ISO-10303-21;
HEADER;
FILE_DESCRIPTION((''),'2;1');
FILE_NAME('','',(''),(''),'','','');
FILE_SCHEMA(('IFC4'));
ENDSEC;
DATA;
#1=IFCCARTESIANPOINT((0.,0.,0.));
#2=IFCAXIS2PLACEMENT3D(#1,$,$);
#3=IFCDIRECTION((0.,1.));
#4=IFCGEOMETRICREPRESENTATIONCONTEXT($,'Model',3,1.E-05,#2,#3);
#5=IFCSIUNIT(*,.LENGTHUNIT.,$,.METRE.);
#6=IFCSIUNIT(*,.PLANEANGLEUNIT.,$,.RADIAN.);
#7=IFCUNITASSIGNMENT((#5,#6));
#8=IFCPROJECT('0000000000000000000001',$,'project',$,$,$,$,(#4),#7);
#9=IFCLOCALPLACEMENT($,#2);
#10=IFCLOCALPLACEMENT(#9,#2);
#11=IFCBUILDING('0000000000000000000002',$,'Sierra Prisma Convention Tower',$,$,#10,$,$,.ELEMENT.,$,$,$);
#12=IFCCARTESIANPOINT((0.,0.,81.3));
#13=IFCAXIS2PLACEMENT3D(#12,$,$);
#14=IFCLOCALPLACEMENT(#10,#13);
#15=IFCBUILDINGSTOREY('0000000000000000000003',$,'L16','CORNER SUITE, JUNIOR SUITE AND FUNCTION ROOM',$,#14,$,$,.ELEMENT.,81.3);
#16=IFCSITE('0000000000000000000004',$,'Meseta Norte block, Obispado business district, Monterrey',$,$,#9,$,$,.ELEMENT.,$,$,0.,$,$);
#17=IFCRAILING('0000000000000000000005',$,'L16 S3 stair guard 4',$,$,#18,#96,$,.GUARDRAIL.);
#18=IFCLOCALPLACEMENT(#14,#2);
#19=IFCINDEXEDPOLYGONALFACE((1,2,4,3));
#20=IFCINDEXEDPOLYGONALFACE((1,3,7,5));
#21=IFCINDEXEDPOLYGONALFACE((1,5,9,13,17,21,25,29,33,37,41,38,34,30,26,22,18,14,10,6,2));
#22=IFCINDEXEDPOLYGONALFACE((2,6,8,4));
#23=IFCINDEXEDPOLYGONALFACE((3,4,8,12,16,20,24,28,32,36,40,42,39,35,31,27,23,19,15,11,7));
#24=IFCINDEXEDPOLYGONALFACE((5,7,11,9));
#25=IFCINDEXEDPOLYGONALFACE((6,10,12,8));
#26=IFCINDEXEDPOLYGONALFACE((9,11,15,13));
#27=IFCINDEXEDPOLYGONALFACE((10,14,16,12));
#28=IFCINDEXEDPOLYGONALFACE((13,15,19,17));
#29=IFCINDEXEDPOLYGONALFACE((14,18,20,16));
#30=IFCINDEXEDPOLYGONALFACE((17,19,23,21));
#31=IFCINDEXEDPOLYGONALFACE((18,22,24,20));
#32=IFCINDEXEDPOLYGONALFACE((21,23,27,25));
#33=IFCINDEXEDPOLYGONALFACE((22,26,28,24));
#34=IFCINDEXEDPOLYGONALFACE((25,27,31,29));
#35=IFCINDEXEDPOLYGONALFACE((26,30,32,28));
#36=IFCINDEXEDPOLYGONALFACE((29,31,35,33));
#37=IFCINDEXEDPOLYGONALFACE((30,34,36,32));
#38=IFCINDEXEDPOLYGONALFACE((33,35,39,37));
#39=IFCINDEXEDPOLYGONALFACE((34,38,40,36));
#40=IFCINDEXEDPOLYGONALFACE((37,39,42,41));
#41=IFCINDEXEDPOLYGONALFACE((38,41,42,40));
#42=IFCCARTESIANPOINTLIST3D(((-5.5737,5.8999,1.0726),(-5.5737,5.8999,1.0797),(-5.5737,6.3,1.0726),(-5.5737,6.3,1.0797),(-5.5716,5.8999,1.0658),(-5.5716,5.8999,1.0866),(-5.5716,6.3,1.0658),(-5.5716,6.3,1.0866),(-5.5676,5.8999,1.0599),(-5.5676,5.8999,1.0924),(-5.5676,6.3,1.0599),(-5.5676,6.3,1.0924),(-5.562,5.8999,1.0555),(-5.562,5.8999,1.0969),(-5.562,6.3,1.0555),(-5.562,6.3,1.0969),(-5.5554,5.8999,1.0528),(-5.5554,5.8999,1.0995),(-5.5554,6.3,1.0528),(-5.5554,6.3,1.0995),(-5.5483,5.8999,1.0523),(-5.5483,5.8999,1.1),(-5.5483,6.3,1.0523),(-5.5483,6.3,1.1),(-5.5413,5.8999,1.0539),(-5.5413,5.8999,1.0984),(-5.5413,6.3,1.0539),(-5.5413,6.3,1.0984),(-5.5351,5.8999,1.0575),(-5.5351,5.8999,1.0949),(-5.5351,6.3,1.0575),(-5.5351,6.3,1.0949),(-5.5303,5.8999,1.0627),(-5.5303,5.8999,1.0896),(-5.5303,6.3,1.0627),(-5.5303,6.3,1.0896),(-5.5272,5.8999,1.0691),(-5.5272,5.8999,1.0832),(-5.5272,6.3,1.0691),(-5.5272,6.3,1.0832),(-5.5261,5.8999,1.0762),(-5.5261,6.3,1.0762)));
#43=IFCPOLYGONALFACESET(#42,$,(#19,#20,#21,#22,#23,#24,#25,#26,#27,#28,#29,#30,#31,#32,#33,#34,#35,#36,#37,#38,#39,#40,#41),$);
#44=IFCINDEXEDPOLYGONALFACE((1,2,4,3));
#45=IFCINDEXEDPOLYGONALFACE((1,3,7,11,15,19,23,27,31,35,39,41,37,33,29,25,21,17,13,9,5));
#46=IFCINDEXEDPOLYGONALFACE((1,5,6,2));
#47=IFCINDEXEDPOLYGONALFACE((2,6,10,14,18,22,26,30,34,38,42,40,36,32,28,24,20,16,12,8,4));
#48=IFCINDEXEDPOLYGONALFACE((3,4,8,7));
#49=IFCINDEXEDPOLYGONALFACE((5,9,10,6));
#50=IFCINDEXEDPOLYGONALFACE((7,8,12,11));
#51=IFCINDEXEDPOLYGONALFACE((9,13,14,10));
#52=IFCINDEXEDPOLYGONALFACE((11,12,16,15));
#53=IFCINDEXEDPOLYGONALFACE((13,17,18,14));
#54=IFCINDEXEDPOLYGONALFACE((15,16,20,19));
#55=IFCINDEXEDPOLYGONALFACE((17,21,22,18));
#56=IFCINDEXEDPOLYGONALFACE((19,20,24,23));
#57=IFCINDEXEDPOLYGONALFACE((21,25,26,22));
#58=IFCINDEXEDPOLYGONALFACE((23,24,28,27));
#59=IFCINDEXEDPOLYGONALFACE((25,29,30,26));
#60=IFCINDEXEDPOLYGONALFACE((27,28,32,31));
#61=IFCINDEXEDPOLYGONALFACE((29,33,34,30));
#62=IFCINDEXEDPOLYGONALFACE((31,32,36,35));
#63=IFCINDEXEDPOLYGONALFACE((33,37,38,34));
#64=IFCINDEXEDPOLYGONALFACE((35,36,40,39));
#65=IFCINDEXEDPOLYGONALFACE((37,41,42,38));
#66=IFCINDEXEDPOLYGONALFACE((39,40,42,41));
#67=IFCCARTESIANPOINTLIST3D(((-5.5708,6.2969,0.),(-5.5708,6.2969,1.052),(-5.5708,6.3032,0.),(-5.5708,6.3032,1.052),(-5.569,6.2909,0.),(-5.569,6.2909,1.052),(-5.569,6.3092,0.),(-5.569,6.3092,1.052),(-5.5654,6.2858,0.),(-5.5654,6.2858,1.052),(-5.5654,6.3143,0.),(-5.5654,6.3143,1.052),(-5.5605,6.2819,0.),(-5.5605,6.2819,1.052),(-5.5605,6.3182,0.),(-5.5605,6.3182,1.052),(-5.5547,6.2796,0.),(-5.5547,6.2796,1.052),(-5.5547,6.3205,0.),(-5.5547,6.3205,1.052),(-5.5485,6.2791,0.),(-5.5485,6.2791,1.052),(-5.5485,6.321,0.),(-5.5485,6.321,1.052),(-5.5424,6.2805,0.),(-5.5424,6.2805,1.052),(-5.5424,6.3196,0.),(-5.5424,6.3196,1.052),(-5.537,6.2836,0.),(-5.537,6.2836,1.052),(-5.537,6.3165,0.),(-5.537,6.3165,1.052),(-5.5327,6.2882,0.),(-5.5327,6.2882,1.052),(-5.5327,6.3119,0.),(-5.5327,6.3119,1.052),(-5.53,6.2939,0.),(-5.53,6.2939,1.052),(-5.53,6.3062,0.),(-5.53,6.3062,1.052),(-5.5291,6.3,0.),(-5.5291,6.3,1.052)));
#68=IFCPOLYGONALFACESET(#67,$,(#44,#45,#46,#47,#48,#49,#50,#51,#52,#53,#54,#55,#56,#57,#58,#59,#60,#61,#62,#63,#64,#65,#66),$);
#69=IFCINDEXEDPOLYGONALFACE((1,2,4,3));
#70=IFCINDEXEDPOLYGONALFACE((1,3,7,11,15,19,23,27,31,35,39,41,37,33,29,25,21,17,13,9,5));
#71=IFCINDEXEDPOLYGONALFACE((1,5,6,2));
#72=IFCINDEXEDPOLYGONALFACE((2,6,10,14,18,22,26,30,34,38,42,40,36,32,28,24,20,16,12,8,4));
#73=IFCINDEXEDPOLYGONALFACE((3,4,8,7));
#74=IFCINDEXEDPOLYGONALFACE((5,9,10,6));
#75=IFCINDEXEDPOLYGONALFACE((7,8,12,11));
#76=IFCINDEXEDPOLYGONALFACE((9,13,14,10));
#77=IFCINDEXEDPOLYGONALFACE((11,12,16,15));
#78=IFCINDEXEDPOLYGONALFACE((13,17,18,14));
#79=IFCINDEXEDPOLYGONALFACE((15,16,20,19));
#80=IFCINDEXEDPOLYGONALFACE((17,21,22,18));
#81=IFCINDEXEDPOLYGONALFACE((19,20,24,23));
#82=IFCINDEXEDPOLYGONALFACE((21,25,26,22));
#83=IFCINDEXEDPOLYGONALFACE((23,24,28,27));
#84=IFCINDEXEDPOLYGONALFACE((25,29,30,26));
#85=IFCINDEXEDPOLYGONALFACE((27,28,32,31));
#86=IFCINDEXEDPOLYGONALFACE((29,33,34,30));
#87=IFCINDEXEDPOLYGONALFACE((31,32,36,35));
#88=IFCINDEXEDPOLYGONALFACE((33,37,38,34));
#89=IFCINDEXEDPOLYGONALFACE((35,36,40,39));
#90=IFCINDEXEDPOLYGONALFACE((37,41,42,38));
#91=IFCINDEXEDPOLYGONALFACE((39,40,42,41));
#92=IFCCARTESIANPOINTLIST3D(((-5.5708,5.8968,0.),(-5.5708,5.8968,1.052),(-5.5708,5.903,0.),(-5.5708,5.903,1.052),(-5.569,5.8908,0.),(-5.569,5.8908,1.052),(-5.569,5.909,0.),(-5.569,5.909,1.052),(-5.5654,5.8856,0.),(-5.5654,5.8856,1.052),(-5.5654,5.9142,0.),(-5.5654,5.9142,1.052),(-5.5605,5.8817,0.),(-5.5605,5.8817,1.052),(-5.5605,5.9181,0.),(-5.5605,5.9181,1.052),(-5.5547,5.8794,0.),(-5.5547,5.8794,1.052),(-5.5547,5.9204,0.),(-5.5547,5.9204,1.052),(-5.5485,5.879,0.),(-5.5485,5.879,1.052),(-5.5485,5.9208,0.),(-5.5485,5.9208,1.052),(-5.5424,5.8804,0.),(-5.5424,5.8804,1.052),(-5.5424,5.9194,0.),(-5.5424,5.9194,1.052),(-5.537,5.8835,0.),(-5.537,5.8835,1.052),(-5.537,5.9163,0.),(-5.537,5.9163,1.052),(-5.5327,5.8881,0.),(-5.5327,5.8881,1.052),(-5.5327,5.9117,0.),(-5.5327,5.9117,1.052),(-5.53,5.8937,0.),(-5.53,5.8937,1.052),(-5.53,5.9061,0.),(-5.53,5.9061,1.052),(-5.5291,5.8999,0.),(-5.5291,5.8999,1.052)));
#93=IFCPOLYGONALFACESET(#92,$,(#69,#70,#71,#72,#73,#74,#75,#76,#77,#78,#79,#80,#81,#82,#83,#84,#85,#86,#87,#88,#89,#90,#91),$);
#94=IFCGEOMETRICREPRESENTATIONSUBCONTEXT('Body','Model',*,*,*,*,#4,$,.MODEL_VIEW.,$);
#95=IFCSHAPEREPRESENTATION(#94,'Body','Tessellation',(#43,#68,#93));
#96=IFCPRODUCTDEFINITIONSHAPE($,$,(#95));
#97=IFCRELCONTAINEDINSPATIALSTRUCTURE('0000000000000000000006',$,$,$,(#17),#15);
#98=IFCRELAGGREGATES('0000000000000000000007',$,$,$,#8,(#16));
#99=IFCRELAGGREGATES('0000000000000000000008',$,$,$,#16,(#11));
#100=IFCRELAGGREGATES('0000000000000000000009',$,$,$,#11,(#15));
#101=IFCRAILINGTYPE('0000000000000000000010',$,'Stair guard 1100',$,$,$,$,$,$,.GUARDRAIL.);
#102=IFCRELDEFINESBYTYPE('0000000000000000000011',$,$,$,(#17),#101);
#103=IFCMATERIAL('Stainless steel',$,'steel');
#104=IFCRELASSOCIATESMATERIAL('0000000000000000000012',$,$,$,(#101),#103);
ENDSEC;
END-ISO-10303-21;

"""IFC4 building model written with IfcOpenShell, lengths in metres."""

from ifc_helpers import new_model, si_unit, direction, frame, origin, origin_2d, place, context, subcontext, project, spatial, circle, extrude, material, type_object, element, save


model = new_model("IFC4")

# Units and contexts
model_context = context("Model", 3, precision=1e-05, world=origin(), true_north=direction((0.0, 1.0)))
body_context = subcontext(model_context, "Body", "Model", "MODEL_VIEW")
ifc_project = project(units=[si_unit("LENGTHUNIT", "METRE"), si_unit("PLANEANGLEUNIT", "RADIAN")], contexts=[model_context])

# Site, building, storey
site_placement = place(None, origin())
site = spatial("IfcSite", under=ifc_project, at=site_placement, Name="Meseta Norte block, Obispado business district, Monterrey", CompositionType="ELEMENT", RefElevation=0.0)
building_placement = place(site_placement, origin())
building = spatial("IfcBuilding", under=site, at=building_placement, Name="Sierra Prisma Convention Tower", CompositionType="ELEMENT")
storey_placement = place(building_placement, frame((0.0, 0.0, 81.3)))
storey = spatial("IfcBuildingStorey", under=building, at=storey_placement, Name="L16", Description="CORNER SUITE, JUNIOR SUITE AND FUNCTION ROOM", CompositionType="ELEMENT", Elevation=81.3)

# Railing
ifc_material_1 = material(Name="Stainless steel", Category="steel")
railing_type_1 = type_object("IfcRailingType", Name="Stair guard 1100", PredefinedType="GUARDRAIL", material=ifc_material_1)
railing_1_placement = place(storey_placement, frame((-5.55, 6.3, 0.0)))
element("IfcRailing", 1, at=railing_1_placement, inside=storey, type_object=railing_type_1, Name="L16 S3 stair guard 4", PredefinedType="GUARDRAIL", context=body_context, shape_type="SweptSolid", body=[
    extrude(circle(Radius=0.0239, at=origin_2d()), frame((0.0, 0.0, 1.0762), z_axis=(0.0, -1.0, 0.0), x_axis=(1.0, 0.0, 0.0)), (0.0, 0.0, 1.0), 0.4001),
    extrude(circle(Radius=0.021, at=origin_2d()), origin(), (0.0, 0.0, 1.0), 1.052),
    extrude(circle(Radius=0.021, at=origin_2d()), frame((0.0, -0.4001, 0.0)), (0.0, 0.0, 1.0), 1.052),
])

save(model, "model.ifc")
